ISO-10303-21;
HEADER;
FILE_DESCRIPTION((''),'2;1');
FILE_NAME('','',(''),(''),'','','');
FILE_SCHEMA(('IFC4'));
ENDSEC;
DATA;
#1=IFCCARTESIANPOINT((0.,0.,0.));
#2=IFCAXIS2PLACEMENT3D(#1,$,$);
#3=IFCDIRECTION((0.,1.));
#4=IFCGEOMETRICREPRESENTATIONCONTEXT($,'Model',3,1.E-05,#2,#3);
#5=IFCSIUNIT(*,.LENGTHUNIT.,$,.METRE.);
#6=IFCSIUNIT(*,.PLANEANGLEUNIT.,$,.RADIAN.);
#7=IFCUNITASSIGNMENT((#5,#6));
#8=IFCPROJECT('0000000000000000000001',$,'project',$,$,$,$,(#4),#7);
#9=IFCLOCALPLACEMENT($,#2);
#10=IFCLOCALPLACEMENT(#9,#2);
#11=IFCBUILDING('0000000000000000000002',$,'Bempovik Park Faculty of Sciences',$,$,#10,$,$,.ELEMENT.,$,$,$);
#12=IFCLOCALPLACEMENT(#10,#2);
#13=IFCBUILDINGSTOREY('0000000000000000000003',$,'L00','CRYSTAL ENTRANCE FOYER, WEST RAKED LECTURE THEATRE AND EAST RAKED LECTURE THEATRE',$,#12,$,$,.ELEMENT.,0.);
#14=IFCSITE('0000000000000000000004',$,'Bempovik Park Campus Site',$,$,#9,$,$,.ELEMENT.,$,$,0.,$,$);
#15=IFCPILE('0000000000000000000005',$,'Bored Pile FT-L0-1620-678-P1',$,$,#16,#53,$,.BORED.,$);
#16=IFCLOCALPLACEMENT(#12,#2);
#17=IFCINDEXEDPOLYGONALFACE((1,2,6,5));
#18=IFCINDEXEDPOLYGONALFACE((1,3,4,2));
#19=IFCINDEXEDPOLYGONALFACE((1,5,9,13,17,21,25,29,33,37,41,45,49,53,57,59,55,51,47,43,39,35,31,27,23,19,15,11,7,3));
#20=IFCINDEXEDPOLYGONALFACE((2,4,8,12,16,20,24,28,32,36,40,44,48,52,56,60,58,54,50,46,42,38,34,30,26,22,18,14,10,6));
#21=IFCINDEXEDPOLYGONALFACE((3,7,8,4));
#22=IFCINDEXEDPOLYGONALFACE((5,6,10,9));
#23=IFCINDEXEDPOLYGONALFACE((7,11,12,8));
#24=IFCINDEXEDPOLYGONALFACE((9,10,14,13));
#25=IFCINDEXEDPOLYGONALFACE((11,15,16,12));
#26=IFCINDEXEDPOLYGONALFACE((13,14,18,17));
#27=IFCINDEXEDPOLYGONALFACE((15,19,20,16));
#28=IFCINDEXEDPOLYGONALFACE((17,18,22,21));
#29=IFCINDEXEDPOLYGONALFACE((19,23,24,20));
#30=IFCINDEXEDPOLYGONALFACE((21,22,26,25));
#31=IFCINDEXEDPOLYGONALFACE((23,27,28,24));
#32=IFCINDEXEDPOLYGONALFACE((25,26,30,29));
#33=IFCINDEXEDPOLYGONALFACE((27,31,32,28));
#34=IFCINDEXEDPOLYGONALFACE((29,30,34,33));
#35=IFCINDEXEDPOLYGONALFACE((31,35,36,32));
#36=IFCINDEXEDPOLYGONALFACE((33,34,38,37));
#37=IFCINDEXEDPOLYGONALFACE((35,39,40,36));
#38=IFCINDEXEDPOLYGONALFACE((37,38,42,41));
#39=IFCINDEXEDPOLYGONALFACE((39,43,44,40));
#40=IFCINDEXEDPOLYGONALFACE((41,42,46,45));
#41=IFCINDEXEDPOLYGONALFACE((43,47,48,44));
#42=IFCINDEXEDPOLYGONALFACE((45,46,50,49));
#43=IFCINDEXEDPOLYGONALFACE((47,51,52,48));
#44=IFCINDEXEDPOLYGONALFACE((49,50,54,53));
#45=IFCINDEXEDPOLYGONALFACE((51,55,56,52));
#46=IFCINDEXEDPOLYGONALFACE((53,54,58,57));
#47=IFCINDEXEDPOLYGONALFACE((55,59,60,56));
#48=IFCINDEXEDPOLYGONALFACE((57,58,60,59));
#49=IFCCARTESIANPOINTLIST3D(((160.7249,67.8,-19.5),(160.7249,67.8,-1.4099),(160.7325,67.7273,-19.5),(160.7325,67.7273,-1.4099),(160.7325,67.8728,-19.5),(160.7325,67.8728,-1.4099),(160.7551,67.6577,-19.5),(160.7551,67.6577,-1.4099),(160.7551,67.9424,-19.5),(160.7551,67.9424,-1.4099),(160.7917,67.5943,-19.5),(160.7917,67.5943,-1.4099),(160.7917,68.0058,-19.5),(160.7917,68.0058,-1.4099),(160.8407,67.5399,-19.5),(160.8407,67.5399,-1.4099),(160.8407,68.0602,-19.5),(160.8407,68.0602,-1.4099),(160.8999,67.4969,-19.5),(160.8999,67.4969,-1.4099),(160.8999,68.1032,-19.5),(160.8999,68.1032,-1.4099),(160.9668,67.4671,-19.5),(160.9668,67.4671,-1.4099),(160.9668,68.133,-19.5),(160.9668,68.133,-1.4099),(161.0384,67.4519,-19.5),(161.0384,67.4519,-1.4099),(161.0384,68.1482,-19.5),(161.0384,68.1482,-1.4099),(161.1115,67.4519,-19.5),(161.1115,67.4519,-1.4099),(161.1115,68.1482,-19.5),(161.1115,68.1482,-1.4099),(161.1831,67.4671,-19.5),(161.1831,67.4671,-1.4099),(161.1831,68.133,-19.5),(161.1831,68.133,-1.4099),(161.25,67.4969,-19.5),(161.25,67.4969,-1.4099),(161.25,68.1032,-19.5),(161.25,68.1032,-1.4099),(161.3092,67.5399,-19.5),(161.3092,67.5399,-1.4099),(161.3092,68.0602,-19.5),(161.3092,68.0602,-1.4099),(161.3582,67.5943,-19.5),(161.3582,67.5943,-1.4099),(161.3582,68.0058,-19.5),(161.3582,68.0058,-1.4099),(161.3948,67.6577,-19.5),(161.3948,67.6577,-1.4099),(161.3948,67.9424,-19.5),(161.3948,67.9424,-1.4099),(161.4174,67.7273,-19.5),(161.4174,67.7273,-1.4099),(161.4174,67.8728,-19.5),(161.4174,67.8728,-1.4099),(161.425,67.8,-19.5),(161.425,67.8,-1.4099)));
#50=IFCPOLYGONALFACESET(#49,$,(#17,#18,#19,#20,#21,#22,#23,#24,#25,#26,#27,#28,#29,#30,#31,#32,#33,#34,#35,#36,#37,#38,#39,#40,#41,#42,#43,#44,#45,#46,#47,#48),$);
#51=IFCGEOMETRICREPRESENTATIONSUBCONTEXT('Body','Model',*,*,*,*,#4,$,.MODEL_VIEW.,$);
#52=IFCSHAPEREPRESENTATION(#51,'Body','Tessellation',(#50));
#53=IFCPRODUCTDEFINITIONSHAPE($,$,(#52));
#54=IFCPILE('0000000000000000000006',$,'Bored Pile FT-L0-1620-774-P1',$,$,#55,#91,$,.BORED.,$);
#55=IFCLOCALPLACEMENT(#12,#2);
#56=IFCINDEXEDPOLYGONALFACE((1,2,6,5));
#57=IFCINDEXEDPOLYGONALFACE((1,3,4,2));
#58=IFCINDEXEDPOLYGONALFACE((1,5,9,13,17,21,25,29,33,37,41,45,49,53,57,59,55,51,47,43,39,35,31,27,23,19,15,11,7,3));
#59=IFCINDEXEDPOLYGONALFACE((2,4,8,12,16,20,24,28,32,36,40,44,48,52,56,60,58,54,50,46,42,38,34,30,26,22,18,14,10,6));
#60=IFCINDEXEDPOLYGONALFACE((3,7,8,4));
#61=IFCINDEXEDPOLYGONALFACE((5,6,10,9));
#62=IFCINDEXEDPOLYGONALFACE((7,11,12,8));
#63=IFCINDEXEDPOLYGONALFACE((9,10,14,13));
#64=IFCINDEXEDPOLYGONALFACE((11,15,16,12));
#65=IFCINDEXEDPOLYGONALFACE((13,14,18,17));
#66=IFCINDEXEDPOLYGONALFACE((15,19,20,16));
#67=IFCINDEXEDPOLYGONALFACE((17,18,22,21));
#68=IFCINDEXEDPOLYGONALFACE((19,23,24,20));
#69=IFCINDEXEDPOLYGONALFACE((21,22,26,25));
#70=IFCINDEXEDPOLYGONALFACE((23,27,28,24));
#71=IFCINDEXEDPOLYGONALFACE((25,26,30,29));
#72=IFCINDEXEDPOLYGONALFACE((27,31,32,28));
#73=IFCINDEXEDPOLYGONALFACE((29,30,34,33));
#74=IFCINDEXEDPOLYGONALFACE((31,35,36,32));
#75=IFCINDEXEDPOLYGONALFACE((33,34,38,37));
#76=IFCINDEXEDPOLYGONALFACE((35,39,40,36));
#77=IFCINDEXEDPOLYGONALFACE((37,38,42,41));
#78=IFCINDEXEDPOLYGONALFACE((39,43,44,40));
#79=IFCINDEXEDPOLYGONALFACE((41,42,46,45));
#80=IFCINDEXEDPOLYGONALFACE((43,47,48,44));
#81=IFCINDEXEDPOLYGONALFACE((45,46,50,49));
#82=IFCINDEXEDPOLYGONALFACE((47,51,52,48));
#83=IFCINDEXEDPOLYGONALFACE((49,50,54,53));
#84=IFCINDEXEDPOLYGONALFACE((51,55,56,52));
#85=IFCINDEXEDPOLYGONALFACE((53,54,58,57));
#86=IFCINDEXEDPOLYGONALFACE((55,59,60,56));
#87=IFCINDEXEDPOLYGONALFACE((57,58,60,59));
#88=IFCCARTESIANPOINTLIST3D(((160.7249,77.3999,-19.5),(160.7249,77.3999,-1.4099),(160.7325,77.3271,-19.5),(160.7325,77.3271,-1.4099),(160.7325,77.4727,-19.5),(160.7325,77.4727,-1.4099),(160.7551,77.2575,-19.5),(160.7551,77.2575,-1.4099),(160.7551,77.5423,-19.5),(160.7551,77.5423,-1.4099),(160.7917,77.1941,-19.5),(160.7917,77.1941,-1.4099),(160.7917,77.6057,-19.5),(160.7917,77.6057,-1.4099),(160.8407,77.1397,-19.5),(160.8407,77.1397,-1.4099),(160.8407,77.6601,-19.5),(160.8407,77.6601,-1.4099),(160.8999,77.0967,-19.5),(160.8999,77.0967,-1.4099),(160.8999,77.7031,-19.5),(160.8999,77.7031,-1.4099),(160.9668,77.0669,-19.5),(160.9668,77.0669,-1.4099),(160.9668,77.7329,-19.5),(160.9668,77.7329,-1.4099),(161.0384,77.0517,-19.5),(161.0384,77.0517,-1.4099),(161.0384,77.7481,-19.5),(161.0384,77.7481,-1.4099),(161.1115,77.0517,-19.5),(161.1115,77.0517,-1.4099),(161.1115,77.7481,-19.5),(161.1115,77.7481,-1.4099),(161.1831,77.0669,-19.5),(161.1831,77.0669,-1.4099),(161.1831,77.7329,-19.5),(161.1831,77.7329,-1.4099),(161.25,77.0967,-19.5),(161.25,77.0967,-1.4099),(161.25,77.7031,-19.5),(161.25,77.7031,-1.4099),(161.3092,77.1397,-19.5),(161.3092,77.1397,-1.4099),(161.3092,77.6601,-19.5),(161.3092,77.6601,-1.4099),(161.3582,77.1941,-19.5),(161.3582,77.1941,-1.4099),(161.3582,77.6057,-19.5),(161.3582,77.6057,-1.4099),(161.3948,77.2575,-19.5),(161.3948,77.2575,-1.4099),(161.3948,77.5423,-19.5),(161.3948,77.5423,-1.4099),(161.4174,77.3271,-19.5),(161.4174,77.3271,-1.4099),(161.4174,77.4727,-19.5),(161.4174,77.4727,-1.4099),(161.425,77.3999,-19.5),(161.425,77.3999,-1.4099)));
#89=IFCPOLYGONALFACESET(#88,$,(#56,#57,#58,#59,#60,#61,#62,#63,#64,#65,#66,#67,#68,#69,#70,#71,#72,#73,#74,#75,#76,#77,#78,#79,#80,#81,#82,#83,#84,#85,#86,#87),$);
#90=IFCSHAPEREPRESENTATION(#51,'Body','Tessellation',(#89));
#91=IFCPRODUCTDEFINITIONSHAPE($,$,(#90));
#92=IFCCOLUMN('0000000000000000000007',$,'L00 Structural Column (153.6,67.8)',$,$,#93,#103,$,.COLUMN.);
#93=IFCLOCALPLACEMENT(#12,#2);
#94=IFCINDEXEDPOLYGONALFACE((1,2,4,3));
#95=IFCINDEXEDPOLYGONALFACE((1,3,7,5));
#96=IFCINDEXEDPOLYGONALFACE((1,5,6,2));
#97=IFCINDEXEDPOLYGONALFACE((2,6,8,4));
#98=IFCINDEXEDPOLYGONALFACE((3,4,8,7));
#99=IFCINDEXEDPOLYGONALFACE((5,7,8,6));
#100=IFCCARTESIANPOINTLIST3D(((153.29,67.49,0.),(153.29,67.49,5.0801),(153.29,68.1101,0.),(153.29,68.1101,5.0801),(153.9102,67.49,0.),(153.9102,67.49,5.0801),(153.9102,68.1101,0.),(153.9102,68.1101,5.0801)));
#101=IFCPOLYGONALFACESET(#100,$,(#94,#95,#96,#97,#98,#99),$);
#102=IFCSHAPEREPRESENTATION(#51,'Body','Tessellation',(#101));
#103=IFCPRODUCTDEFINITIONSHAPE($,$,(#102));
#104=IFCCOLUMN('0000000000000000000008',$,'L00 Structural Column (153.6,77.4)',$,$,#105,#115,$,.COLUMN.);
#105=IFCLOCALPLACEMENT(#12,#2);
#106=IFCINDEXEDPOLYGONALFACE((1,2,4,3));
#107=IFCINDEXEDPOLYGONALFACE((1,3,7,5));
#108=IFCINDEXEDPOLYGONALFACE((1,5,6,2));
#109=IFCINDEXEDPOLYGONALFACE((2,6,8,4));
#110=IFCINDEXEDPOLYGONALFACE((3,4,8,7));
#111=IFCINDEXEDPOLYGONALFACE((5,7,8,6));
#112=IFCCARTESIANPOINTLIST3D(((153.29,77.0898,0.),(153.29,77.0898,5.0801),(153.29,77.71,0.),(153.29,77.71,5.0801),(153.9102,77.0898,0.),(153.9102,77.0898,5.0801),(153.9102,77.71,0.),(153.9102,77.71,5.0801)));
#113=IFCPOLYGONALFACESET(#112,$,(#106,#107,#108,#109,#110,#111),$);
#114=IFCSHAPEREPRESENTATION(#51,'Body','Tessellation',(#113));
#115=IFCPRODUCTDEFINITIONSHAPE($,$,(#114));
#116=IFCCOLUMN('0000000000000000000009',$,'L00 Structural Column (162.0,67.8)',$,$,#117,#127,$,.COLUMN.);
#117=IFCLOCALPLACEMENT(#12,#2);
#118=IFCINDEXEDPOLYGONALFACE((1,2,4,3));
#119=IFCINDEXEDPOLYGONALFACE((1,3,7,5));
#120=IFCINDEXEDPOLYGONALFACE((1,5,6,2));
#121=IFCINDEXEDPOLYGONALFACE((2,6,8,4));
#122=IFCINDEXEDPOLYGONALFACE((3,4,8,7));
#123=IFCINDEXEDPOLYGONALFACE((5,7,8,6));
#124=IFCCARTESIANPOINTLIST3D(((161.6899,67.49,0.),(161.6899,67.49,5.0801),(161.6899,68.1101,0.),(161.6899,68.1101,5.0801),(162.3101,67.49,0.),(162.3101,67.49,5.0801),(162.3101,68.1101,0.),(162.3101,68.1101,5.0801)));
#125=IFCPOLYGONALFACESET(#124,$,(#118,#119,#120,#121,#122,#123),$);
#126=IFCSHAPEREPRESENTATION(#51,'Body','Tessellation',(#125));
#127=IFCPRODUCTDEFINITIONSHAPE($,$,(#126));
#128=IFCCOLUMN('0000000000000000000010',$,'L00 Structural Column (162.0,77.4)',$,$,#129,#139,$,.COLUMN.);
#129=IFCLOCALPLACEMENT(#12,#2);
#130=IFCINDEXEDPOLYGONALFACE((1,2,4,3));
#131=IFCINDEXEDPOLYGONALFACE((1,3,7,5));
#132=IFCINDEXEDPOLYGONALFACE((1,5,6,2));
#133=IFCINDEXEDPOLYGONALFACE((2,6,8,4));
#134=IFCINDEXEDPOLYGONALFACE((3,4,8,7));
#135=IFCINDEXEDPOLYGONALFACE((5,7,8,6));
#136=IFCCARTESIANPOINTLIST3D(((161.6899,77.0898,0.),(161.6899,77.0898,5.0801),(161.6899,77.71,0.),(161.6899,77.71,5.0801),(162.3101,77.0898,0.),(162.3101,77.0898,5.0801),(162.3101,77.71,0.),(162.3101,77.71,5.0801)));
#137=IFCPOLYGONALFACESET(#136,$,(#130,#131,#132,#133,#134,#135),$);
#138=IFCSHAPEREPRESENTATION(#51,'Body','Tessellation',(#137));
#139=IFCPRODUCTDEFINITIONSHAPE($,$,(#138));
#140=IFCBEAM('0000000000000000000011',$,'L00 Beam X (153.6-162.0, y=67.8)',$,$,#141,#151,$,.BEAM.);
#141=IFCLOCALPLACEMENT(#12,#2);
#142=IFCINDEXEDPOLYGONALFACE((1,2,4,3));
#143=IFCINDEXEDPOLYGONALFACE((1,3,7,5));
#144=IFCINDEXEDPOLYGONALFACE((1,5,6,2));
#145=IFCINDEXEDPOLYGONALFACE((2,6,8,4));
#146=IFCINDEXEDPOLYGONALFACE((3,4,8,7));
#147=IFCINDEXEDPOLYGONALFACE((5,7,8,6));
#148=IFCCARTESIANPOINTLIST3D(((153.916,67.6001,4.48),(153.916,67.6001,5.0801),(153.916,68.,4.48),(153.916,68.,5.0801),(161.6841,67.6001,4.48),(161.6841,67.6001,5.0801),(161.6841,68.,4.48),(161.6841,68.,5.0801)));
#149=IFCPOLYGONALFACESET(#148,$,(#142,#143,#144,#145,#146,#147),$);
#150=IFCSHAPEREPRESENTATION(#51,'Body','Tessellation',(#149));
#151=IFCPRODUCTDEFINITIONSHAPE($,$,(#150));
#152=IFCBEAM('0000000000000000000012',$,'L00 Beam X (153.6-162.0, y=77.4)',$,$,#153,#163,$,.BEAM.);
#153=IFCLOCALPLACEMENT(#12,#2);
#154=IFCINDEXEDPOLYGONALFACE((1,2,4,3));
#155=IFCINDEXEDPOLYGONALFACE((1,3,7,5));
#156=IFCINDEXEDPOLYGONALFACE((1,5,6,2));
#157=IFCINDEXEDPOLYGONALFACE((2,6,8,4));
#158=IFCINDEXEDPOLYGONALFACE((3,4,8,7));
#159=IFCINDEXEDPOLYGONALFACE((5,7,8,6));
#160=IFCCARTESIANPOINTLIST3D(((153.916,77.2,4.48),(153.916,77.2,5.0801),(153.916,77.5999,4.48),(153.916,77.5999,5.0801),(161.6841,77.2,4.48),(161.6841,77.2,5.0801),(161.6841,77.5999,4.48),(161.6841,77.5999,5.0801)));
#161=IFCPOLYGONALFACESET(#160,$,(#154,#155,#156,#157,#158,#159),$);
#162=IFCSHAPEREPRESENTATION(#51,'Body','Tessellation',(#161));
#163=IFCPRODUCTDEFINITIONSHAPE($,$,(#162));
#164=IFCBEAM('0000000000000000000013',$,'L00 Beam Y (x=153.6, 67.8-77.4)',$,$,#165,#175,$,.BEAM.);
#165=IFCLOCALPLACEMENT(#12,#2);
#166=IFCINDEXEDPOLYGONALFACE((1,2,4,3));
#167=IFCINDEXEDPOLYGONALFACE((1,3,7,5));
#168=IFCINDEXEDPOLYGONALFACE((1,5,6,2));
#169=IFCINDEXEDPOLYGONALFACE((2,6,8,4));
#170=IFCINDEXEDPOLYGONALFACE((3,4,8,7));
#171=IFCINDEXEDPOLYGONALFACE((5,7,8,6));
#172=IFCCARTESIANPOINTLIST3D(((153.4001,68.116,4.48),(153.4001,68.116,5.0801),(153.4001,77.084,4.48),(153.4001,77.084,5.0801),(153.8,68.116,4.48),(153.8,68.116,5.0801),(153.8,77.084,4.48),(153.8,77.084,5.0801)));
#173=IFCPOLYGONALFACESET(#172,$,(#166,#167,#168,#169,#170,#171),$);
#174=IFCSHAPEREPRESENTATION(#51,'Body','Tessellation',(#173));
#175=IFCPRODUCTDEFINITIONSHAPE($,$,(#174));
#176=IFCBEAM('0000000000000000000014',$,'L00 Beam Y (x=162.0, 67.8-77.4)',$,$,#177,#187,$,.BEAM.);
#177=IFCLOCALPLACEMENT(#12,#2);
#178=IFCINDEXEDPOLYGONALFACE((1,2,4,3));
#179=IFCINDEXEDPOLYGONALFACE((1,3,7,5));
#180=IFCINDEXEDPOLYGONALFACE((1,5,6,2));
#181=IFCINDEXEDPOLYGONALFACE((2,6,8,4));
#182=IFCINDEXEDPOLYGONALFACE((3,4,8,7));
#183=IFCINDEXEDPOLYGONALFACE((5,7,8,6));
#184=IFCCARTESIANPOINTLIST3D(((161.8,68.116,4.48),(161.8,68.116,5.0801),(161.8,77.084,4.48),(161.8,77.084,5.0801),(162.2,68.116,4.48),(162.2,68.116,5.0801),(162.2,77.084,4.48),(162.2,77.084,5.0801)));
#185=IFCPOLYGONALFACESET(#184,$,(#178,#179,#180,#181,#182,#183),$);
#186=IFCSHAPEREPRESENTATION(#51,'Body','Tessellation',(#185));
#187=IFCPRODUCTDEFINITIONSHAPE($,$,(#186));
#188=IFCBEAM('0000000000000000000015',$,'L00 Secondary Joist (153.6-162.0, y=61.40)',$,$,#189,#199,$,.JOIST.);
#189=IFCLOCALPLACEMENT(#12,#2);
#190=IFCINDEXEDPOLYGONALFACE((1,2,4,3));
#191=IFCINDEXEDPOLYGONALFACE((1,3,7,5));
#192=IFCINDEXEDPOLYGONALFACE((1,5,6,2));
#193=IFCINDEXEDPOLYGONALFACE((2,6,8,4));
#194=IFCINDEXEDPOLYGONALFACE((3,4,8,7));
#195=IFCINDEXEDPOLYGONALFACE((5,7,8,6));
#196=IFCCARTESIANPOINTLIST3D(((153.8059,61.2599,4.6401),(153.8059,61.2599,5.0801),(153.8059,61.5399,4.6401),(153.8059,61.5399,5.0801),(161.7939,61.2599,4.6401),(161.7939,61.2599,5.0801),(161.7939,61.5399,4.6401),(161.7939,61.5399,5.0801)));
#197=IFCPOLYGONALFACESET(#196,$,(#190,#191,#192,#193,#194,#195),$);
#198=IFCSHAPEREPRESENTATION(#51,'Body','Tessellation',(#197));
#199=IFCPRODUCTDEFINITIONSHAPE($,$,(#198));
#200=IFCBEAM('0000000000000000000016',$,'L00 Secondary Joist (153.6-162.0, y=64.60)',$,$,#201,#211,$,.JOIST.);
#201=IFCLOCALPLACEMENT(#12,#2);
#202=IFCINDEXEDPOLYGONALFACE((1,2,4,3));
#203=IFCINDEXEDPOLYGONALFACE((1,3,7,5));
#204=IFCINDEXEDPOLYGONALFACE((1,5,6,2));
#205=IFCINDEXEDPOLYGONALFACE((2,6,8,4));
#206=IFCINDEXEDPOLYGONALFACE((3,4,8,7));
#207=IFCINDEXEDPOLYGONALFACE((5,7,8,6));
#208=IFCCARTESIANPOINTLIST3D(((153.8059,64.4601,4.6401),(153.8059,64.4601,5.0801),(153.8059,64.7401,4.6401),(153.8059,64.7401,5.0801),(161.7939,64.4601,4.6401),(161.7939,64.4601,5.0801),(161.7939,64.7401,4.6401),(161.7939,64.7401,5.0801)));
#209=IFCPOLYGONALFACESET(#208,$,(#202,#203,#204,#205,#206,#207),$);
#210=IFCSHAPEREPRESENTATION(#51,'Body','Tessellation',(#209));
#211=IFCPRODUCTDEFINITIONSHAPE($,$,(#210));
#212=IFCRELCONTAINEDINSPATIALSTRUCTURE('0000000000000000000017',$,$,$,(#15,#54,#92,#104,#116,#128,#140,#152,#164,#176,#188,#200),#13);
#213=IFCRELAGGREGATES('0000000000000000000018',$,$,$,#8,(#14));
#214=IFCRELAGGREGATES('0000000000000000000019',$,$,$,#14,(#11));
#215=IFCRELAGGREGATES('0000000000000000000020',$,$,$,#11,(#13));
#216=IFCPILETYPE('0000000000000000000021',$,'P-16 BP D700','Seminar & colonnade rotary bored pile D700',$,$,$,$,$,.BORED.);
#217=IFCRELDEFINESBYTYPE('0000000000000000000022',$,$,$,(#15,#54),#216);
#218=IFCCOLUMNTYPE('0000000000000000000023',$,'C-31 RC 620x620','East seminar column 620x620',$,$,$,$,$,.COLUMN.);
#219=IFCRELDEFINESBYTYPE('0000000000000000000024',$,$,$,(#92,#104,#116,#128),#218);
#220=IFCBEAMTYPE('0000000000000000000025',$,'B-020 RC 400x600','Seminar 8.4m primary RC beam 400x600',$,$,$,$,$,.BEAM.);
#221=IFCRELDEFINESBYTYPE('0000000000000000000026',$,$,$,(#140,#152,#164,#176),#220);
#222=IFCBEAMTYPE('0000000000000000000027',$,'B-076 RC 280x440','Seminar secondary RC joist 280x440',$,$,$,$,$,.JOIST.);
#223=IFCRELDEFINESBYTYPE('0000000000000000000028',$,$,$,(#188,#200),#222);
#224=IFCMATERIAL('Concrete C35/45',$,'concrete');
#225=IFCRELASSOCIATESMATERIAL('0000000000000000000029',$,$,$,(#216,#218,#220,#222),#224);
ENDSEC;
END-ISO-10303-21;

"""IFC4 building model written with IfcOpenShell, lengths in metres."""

from ifc_helpers import new_model, si_unit, direction, frame, origin, origin_2d, place, context, subcontext, project, spatial, rectangle, circle, extrude, material, material_profile, profile_set, type_object, element, save


model = new_model("IFC4")

# Units and contexts
model_context = context("Model", 3, precision=1e-05, world=origin(), true_north=direction((0.0, 1.0)))
body_context = subcontext(model_context, "Body", "Model", "MODEL_VIEW")
ifc_project = project(units=[si_unit("LENGTHUNIT", "METRE"), si_unit("PLANEANGLEUNIT", "RADIAN")], contexts=[model_context])

# Site, building, storey
site_placement = place(None, origin())
site = spatial("IfcSite", under=ifc_project, at=site_placement, Name="Bempovik Park Campus Site", CompositionType="ELEMENT", RefElevation=0.0)
building_placement = place(site_placement, origin())
building = spatial("IfcBuilding", under=site, at=building_placement, Name="Bempovik Park Faculty of Sciences", CompositionType="ELEMENT")
storey_placement = place(building_placement, origin())
storey = spatial("IfcBuildingStorey", under=building, at=storey_placement, Name="L00", Description="CRYSTAL ENTRANCE FOYER, WEST RAKED LECTURE THEATRE AND EAST RAKED LECTURE THEATRE", CompositionType="ELEMENT", Elevation=0.0)

# Shared definitions
ifc_material_1 = material(Name="Concrete C35/45", Category="concrete")

# Piles
ifc_material_profile_1 = material_profile(ifc_material_1, circle(Radius=0.3501, at=origin_2d()), Name="BP D700")
ifc_profile_set_1 = profile_set([ifc_material_profile_1], Name="Concrete C35/45")
pile_type = type_object("IfcPileType", Name="P-16 BP D700", Description="Seminar & colonnade rotary bored pile D700", PredefinedType="BORED", material=ifc_profile_set_1)
for number, where, z_axis, x_axis, name in (
    (1, (161.075, 67.8, -1.4099), (0.0, 0.0, -1.0), (1.0, 0.0, 0.0), "Bored Pile FT-L0-1620-678-P1"),
    (2, (161.075, 77.3999, -1.4099), (0.0, 0.0, -1.0), (1.0, 0.0, 0.0), "Bored Pile FT-L0-1620-774-P1"),
):
    element("IfcPile", number, at=place(storey_placement, frame(where, z_axis=z_axis, x_axis=x_axis)), inside=storey, type_object=pile_type, Name=name, PredefinedType="BORED", context=body_context, shape_type="SweptSolid", body=[
        extrude(circle(Radius=0.3501, at=origin_2d()), origin(), (0.0, 0.0, 1.0), 18.0901),
    ])

# Columns
ifc_material_profile_2 = material_profile(ifc_material_1, rectangle(XDim=0.6201, YDim=0.6201, at=origin_2d()), Name="RC 620x620")
ifc_profile_set_2 = profile_set([ifc_material_profile_2], Name="Concrete C35/45")
column_type = type_object("IfcColumnType", Name="C-31 RC 620x620", Description="East seminar column 620x620", PredefinedType="COLUMN", material=ifc_profile_set_2)
for number, where, z_axis, x_axis, name in (
    (3, (153.6001, 67.8, 0.0), (0.0, 0.0, 1.0), (1.0, 0.0, 0.0), "L00 Structural Column (153.6,67.8)"),
    (4, (153.6001, 77.3999, 0.0), (0.0, 0.0, 1.0), (1.0, 0.0, 0.0), "L00 Structural Column (153.6,77.4)"),
    (5, (162.0, 67.8, 0.0), (0.0, 0.0, 1.0), (1.0, 0.0, 0.0), "L00 Structural Column (162.0,67.8)"),
    (6, (162.0, 77.3999, 0.0), (0.0, 0.0, 1.0), (1.0, 0.0, 0.0), "L00 Structural Column (162.0,77.4)"),
):
    element("IfcColumn", number, at=place(storey_placement, frame(where, z_axis=z_axis, x_axis=x_axis)), inside=storey, type_object=column_type, Name=name, PredefinedType="COLUMN", context=body_context, shape_type="SweptSolid", body=[
        extrude(rectangle(XDim=0.6201, YDim=0.6201, at=origin_2d()), origin(), (0.0, 0.0, 1.0), 5.0801),
    ])

# Beams
ifc_material_profile_3 = material_profile(ifc_material_1, rectangle(XDim=0.3999, YDim=0.6001, at=origin_2d()), Name="RC 400x600")
ifc_profile_set_3 = profile_set([ifc_material_profile_3], Name="Concrete C35/45")
beam_type_1 = type_object("IfcBeamType", Name="B-020 RC 400x600", Description="Seminar 8.4m primary RC beam 400x600", PredefinedType="BEAM", material=ifc_profile_set_3)
for number, where, z_axis, x_axis, name in (
    (7, (153.916, 67.8, 4.78), (1.0, 0.0, 0.0), (0.0, 1.0, 0.0), "L00 Beam X (153.6-162.0, y=67.8)"),
    (8, (153.916, 77.3999, 4.78), (1.0, 0.0, 0.0), (0.0, 1.0, 0.0), "L00 Beam X (153.6-162.0, y=77.4)"),
):
    element("IfcBeam", number, at=place(storey_placement, frame(where, z_axis=z_axis, x_axis=x_axis)), inside=storey, type_object=beam_type_1, Name=name, PredefinedType="BEAM", context=body_context, shape_type="SweptSolid", body=[
        extrude(rectangle(XDim=0.3999, YDim=0.6001, at=origin_2d()), origin(), (0.0, 0.0, 1.0), 7.7681),
    ])
for number, where, z_axis, x_axis, name in (
    (9, (153.6001, 68.116, 4.78), (0.0, 1.0, 0.0), (-1.0, 0.0, 0.0), "L00 Beam Y (x=153.6, 67.8-77.4)"),
    (10, (162.0, 68.116, 4.78), (0.0, 1.0, 0.0), (-1.0, 0.0, 0.0), "L00 Beam Y (x=162.0, 67.8-77.4)"),
):
    element("IfcBeam", number, at=place(storey_placement, frame(where, z_axis=z_axis, x_axis=x_axis)), inside=storey, type_object=beam_type_1, Name=name, PredefinedType="BEAM", context=body_context, shape_type="SweptSolid", body=[
        extrude(rectangle(XDim=0.3999, YDim=0.6001, at=origin_2d()), origin(), (0.0, 0.0, 1.0), 8.968),
    ])
ifc_material_profile_4 = material_profile(ifc_material_1, rectangle(XDim=0.28, YDim=0.4399, at=origin_2d()), Name="RC 280x440")
ifc_profile_set_4 = profile_set([ifc_material_profile_4], Name="Concrete C35/45")
beam_type_2 = type_object("IfcBeamType", Name="B-076 RC 280x440", Description="Seminar secondary RC joist 280x440", PredefinedType="JOIST", material=ifc_profile_set_4)
for number, where, z_axis, x_axis, name in (
    (11, (153.8059, 61.3999, 4.8601), (1.0, 0.0, 0.0), (0.0, 1.0, 0.0), "L00 Secondary Joist (153.6-162.0, y=61.40)"),
    (12, (153.8059, 64.6001, 4.8601), (1.0, 0.0, 0.0), (0.0, 1.0, 0.0), "L00 Secondary Joist (153.6-162.0, y=64.60)"),
):
    element("IfcBeam", number, at=place(storey_placement, frame(where, z_axis=z_axis, x_axis=x_axis)), inside=storey, type_object=beam_type_2, Name=name, PredefinedType="JOIST", context=body_context, shape_type="SweptSolid", body=[
        extrude(rectangle(XDim=0.28, YDim=0.4399, at=origin_2d()), origin(), (0.0, 0.0, 1.0), 7.988),
    ])

save(model, "model.ifc")
